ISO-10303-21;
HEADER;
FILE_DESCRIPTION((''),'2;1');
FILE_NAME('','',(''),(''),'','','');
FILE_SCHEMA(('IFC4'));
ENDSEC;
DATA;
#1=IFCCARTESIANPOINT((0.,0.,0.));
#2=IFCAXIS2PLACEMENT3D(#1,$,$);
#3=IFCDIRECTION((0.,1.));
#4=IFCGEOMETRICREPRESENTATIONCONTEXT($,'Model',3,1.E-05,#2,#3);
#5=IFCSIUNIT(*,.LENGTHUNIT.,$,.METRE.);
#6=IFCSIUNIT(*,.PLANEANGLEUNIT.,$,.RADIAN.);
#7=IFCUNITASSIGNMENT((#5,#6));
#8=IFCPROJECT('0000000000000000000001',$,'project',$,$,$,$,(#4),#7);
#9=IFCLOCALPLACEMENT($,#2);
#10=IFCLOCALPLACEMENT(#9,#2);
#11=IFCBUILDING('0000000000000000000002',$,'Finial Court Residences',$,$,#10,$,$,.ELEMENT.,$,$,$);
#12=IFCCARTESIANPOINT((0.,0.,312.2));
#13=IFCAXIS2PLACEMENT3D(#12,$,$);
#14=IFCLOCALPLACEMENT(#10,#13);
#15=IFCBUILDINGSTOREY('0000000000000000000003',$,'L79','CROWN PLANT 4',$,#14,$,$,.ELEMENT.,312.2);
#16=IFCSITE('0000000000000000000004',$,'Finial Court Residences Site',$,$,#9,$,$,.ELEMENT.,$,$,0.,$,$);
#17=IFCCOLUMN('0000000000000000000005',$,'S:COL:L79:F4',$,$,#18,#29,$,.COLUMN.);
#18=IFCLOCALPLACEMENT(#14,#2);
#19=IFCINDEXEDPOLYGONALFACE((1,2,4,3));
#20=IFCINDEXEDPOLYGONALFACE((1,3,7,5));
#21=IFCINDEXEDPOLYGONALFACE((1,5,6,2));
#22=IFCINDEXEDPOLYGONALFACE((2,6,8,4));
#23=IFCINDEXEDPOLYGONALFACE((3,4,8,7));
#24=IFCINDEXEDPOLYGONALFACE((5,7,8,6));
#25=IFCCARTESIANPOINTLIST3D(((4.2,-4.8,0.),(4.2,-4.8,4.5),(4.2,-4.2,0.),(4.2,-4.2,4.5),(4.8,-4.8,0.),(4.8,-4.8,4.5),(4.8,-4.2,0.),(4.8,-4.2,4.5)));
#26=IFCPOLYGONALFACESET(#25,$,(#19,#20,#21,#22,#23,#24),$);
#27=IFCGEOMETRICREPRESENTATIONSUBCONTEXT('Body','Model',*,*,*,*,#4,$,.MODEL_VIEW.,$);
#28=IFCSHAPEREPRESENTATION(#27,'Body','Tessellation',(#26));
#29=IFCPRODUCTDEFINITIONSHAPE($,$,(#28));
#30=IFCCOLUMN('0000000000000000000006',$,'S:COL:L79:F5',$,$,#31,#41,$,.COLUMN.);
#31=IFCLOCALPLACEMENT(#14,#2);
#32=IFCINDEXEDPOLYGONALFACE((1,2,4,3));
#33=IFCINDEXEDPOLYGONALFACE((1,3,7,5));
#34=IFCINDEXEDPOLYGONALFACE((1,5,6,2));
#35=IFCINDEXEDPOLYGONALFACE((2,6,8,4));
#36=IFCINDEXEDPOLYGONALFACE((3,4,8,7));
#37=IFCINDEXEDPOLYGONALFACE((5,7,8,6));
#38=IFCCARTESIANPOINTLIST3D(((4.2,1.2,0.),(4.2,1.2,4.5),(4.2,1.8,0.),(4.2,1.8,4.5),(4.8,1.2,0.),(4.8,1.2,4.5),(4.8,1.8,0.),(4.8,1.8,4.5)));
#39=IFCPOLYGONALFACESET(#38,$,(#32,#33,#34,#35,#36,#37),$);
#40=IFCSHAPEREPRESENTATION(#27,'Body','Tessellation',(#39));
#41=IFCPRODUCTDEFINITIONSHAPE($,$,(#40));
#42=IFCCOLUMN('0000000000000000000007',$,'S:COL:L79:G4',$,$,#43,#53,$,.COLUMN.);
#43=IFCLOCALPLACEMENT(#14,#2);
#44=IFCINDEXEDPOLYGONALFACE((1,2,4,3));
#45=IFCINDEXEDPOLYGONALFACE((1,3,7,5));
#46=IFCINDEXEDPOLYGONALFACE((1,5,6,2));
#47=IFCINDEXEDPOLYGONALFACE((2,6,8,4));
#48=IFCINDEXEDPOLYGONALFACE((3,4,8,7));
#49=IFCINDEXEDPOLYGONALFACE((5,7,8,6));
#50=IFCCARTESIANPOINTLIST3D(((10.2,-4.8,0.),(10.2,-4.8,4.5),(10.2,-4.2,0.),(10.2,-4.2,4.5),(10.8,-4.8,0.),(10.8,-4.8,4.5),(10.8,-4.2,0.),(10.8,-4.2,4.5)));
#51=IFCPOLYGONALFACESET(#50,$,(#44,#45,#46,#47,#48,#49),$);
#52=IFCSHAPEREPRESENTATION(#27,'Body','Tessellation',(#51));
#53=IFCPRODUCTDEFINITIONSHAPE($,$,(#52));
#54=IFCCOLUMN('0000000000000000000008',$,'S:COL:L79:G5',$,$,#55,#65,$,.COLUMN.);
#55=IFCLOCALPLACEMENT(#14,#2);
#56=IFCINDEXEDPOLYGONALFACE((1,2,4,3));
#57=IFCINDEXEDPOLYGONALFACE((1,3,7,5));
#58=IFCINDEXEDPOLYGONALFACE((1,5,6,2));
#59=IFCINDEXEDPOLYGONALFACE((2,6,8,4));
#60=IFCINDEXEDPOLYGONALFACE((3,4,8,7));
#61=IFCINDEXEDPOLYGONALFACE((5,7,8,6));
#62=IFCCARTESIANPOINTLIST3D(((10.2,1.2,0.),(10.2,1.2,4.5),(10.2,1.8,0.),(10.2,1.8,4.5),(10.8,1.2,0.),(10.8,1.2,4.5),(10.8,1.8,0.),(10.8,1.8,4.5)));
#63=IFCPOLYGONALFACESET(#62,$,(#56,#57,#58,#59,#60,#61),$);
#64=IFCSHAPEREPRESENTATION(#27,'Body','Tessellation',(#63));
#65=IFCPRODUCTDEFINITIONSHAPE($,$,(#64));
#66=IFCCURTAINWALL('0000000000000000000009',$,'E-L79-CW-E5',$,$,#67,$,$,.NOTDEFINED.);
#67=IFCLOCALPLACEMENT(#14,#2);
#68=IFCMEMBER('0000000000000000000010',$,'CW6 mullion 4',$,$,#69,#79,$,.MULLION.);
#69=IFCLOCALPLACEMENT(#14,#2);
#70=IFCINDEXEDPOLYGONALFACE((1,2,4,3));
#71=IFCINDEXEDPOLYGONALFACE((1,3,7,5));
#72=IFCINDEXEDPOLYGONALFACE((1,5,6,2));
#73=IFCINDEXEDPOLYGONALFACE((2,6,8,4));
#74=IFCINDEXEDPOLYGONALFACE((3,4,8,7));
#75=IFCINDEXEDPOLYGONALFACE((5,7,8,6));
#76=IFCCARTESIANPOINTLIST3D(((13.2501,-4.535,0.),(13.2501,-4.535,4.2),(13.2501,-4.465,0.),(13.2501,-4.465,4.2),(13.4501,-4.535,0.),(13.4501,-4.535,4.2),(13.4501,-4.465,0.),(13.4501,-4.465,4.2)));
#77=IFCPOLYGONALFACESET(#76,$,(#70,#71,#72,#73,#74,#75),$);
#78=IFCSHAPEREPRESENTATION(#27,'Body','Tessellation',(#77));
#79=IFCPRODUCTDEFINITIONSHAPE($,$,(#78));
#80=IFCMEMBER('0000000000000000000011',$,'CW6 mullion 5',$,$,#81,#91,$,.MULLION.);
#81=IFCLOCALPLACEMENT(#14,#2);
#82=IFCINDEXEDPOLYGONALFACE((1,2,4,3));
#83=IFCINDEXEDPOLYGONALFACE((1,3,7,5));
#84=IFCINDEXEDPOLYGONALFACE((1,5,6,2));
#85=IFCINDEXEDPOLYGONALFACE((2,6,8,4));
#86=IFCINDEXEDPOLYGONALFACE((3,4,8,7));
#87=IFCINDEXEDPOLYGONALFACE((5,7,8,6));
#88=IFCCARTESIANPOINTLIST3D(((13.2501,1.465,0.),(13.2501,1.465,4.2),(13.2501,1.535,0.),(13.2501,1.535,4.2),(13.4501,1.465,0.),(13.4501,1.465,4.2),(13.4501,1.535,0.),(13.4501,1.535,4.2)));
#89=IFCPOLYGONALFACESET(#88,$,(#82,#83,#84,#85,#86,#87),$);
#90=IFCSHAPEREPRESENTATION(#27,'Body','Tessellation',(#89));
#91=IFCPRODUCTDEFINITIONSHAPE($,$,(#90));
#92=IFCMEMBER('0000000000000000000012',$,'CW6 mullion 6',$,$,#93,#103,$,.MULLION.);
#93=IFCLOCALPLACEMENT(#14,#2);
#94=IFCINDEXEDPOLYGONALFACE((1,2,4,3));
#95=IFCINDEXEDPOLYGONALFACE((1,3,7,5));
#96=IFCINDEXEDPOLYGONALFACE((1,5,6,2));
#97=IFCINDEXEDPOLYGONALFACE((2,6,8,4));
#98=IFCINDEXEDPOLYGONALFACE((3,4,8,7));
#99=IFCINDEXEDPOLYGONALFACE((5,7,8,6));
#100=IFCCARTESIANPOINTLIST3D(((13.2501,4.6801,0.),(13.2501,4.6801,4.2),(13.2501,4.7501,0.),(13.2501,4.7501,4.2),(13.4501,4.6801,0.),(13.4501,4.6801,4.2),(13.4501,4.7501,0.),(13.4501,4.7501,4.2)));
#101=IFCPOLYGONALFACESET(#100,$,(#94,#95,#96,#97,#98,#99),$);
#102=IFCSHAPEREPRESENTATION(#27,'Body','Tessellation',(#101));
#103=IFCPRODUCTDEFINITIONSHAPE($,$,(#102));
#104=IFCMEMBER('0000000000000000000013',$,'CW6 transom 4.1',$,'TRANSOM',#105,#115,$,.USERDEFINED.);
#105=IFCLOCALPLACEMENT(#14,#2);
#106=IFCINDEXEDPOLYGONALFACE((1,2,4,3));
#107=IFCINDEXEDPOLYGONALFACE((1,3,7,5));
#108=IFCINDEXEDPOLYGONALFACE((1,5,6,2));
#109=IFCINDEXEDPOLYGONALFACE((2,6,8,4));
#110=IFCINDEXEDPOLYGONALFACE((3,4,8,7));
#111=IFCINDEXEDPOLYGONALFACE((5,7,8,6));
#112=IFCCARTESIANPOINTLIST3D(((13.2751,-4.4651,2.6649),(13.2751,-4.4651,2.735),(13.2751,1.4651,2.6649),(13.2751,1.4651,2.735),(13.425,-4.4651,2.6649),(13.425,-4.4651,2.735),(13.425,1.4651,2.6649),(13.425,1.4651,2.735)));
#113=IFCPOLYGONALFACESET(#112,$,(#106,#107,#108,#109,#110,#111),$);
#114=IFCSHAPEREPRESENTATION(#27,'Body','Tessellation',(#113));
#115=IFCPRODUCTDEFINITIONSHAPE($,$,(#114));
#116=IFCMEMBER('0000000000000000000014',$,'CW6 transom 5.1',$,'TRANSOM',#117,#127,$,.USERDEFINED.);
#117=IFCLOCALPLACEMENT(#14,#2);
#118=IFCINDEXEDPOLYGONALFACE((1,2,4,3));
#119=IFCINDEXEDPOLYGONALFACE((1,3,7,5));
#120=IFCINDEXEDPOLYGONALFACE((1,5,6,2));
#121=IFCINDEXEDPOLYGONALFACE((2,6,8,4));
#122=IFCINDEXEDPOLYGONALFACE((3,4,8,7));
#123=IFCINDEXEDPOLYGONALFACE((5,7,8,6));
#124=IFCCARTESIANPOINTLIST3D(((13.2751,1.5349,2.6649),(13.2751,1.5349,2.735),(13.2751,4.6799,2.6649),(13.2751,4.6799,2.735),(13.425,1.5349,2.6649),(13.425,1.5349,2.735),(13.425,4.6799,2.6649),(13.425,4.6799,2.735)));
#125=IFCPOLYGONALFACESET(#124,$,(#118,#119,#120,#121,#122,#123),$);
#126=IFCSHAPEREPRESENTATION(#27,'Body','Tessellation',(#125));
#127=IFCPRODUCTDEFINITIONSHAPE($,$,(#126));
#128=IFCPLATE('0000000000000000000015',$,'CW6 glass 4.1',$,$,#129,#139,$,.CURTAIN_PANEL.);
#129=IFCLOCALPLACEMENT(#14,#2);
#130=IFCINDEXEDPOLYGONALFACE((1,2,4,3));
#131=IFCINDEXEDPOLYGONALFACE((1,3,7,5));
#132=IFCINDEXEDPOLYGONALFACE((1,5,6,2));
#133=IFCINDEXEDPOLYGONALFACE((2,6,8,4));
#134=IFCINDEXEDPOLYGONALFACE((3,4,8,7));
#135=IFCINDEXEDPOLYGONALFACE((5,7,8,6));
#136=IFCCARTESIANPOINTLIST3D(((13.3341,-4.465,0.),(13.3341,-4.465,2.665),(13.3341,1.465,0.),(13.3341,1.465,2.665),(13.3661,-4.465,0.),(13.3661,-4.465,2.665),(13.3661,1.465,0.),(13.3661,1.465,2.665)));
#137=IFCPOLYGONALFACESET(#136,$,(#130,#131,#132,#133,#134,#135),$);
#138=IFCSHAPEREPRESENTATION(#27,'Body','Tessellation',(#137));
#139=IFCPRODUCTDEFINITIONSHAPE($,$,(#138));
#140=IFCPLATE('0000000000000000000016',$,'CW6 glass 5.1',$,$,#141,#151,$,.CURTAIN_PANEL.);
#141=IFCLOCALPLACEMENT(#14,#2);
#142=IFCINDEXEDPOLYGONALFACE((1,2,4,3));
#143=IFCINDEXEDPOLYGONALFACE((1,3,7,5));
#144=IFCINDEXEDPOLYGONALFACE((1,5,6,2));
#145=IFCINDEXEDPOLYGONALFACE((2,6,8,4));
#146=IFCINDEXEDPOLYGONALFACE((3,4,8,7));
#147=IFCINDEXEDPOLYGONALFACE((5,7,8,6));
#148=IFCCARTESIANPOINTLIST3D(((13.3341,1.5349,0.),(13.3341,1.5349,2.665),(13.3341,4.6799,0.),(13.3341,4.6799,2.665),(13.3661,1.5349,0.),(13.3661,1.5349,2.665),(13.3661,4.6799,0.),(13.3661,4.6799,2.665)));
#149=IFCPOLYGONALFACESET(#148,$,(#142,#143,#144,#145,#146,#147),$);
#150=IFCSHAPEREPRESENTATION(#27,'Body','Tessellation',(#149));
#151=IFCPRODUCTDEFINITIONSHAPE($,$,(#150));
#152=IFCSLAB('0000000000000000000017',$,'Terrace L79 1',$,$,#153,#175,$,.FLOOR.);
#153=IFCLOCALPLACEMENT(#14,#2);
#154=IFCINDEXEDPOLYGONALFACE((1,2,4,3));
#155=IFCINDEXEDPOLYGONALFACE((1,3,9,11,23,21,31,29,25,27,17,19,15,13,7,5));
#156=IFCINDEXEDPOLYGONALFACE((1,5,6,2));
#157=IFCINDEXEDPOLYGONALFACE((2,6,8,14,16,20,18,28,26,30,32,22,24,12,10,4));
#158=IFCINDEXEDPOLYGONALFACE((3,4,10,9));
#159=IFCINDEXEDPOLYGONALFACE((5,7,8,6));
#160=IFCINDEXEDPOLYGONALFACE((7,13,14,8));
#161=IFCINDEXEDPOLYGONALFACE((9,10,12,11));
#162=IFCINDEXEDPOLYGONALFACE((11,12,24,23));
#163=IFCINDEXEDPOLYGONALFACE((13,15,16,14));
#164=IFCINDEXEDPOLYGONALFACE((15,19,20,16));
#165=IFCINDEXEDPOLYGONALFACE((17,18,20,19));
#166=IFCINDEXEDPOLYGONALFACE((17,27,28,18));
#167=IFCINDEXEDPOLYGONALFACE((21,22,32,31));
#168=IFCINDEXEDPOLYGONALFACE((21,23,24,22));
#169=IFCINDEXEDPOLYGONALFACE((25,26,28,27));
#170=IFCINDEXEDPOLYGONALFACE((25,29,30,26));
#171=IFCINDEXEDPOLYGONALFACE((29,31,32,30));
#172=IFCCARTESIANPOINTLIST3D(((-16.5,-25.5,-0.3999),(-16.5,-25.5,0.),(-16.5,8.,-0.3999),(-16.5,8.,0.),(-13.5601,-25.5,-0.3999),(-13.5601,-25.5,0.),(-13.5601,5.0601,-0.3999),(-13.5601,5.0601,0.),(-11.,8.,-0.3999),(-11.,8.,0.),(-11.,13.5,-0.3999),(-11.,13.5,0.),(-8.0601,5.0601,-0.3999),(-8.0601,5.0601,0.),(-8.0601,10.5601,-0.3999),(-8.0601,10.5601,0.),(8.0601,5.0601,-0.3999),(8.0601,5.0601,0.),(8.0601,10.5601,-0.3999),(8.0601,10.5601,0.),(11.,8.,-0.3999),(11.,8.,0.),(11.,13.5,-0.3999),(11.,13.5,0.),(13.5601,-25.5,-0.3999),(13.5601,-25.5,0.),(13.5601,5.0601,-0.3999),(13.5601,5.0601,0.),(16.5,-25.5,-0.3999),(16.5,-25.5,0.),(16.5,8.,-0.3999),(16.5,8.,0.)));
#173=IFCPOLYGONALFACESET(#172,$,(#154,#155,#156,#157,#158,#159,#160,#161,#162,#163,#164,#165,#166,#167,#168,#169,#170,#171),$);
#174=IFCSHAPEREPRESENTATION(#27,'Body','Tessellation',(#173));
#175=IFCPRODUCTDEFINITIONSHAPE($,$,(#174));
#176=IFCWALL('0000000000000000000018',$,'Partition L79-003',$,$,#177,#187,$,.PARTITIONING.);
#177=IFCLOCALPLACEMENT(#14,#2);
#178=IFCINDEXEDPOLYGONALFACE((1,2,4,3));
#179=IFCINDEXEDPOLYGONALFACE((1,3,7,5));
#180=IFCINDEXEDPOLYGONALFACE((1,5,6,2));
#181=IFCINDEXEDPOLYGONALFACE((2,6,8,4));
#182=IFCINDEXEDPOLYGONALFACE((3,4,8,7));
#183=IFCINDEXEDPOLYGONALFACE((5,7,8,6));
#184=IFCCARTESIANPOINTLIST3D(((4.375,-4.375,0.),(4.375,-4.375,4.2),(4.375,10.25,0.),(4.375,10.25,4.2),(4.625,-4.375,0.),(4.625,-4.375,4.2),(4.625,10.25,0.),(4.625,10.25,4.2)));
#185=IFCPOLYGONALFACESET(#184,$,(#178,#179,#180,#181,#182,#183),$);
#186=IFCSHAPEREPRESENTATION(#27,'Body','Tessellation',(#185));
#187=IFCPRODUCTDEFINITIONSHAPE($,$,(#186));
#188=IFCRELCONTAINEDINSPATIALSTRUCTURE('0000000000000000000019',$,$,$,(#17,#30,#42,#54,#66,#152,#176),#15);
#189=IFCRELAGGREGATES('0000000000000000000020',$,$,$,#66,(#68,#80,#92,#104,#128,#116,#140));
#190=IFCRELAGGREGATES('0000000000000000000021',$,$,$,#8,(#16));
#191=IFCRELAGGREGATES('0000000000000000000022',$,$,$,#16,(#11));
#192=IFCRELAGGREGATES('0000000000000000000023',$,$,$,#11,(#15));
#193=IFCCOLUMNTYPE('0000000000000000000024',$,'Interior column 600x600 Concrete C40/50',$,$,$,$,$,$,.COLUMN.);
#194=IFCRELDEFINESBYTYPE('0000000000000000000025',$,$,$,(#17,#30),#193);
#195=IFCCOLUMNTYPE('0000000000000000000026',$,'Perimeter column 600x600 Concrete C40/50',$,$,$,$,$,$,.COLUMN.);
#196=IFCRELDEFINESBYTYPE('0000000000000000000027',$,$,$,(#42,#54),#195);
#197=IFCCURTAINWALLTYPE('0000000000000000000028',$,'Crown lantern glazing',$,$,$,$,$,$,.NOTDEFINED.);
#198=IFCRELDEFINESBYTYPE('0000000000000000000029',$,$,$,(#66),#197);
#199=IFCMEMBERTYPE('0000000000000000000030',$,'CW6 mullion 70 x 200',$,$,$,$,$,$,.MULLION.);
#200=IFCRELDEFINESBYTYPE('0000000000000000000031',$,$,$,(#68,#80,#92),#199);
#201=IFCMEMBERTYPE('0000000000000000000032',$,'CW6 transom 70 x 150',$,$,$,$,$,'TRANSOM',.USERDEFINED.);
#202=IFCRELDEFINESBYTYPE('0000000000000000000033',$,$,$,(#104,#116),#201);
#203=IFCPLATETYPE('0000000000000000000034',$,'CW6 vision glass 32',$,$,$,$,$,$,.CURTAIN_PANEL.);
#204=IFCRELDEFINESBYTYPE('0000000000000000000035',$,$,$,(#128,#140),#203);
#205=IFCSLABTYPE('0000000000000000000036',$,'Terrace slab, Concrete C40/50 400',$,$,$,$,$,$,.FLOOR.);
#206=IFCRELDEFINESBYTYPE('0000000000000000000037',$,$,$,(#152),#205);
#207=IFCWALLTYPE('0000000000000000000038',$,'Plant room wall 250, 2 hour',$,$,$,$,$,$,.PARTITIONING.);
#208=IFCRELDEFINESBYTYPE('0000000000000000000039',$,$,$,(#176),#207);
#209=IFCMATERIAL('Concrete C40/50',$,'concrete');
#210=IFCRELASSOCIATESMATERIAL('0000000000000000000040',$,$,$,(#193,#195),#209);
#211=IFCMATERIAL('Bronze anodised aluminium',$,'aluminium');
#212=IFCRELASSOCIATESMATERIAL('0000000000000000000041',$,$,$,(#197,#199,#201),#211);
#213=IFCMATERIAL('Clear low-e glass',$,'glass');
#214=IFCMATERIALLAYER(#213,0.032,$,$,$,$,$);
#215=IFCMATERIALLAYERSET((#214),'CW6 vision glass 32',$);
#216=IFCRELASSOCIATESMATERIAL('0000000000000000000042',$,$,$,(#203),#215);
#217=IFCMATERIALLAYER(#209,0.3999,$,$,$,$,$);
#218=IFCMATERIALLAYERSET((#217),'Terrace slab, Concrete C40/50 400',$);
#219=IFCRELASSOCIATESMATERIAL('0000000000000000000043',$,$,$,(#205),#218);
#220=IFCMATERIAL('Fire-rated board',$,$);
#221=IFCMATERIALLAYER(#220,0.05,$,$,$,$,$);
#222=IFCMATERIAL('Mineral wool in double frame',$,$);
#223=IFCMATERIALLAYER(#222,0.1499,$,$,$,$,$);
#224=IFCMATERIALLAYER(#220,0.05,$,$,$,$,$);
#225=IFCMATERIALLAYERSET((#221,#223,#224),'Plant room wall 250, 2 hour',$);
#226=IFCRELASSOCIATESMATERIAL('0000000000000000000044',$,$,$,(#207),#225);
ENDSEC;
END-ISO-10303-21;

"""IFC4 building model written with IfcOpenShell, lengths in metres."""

from ifc_helpers import new_model, si_unit, direction, frame, frame_2d, origin, origin_2d, place, context, subcontext, project, spatial, polyline, rectangle, outline, extrude, material, layer, layer_set, material_profile, profile_set, type_object, element, aggregate, save


model = new_model("IFC4")

# Units and contexts
model_context = context("Model", 3, precision=1e-05, world=origin(), true_north=direction((0.0, 1.0)))
body_context = subcontext(model_context, "Body", "Model", "MODEL_VIEW")
ifc_project = project(units=[si_unit("LENGTHUNIT", "METRE"), si_unit("PLANEANGLEUNIT", "RADIAN")], contexts=[model_context])

# Site, building, storey
site_placement = place(None, origin())
site = spatial("IfcSite", under=ifc_project, at=site_placement, Name="Finial Court Residences Site", CompositionType="ELEMENT", RefElevation=0.0)
building_placement = place(site_placement, origin())
building = spatial("IfcBuilding", under=site, at=building_placement, Name="Finial Court Residences", CompositionType="ELEMENT")
storey_placement = place(building_placement, frame((0.0, 0.0, 312.2)))
storey = spatial("IfcBuildingStorey", under=building, at=storey_placement, Name="L79", Description="CROWN PLANT 4", CompositionType="ELEMENT", Elevation=312.2)

# Columns
ifc_material_1 = material(Name="Concrete C40/50", Category="concrete")
ifc_material_profile_1 = material_profile(ifc_material_1, rectangle(XDim=0.6001, YDim=0.6001, at=origin_2d()), Name="600x600")
ifc_profile_set_1 = profile_set([ifc_material_profile_1], Name="Concrete C40/50")
column_type_1 = type_object("IfcColumnType", Name="Interior column 600x600 Concrete C40/50", PredefinedType="COLUMN", material=ifc_profile_set_1)
for number, where, z_axis, x_axis, name in (
    (1, (4.5, -4.5, 0.0), (0.0, 0.0, 1.0), (1.0, 0.0, 0.0), "S:COL:L79:F4"),
    (2, (4.5, 1.5, 0.0), (0.0, 0.0, 1.0), (1.0, 0.0, 0.0), "S:COL:L79:F5"),
):
    element("IfcColumn", number, at=place(storey_placement, frame(where, z_axis=z_axis, x_axis=x_axis)), inside=storey, type_object=column_type_1, Name=name, PredefinedType="COLUMN", context=body_context, shape_type="SweptSolid", body=[
        extrude(rectangle(XDim=0.6001, YDim=0.6001, at=origin_2d()), origin(), (0.0, 0.0, 1.0), 4.5),
    ])
ifc_material_profile_2 = material_profile(ifc_material_1, rectangle(XDim=0.6001, YDim=0.6001, at=origin_2d()), Name="600x600")
ifc_profile_set_2 = profile_set([ifc_material_profile_2], Name="Concrete C40/50")
column_type_2 = type_object("IfcColumnType", Name="Perimeter column 600x600 Concrete C40/50", PredefinedType="COLUMN", material=ifc_profile_set_2)
for number, where, z_axis, x_axis, name in (
    (3, (10.5, -4.5, 0.0), (0.0, 0.0, 1.0), (1.0, 0.0, 0.0), "S:COL:L79:G4"),
    (4, (10.5, 1.5, 0.0), (0.0, 0.0, 1.0), (1.0, 0.0, 0.0), "S:COL:L79:G5"),
):
    element("IfcColumn", number, at=place(storey_placement, frame(where, z_axis=z_axis, x_axis=x_axis)), inside=storey, type_object=column_type_2, Name=name, PredefinedType="COLUMN", context=body_context, shape_type="SweptSolid", body=[
        extrude(rectangle(XDim=0.6001, YDim=0.6001, at=origin_2d()), origin(), (0.0, 0.0, 1.0), 4.5),
    ])

# Curtain wall, members, plates
ifc_material_2 = material(Name="Bronze anodised aluminium", Category="aluminium")
curtain_wall_type = type_object("IfcCurtainWallType", Name="Crown lantern glazing", PredefinedType="NOTDEFINED", material=ifc_material_2)
curtain_wall_placement = place(storey_placement, origin())
curtain_wall = element("IfcCurtainWall", 5, at=curtain_wall_placement, inside=storey, type_object=curtain_wall_type, Name="E-L79-CW-E5", PredefinedType="NOTDEFINED")
ifc_material_profile_3 = material_profile(ifc_material_2, rectangle(XDim=0.2, YDim=0.0701, at=origin_2d()), Name="CW6 mullion 70 x 200")
ifc_profile_set_3 = profile_set([ifc_material_profile_3], Name="Bronze anodised aluminium")
member_type_1 = type_object("IfcMemberType", Name="CW6 mullion 70 x 200", PredefinedType="MULLION", material=ifc_profile_set_3)
member_1_placement = place(storey_placement, frame((13.3501, -4.5, 0.0), z_axis=(0.0, 0.0, 1.0), x_axis=(-1.0, 0.0, 0.0)))
member_1 = element("IfcMember", 6, at=member_1_placement, type_object=member_type_1, Name="CW6 mullion 4", PredefinedType="MULLION", context=body_context, shape_type="SweptSolid", body=[
    extrude(rectangle(XDim=0.2, YDim=0.0701, at=origin_2d()), origin(), (0.0, 0.0, 1.0), 4.2),
])
member_2_placement = place(storey_placement, frame((13.3501, 1.5, 0.0), z_axis=(0.0, 0.0, 1.0), x_axis=(-1.0, 0.0, 0.0)))
member_2 = element("IfcMember", 7, at=member_2_placement, type_object=member_type_1, Name="CW6 mullion 5", PredefinedType="MULLION", context=body_context, shape_type="SweptSolid", body=[
    extrude(rectangle(XDim=0.2, YDim=0.0701, at=origin_2d()), origin(), (0.0, 0.0, 1.0), 4.2),
])
member_3_placement = place(storey_placement, frame((13.3501, 4.7151, 0.0), z_axis=(0.0, 0.0, 1.0), x_axis=(-1.0, 0.0, 0.0)))
member_3 = element("IfcMember", 8, at=member_3_placement, type_object=member_type_1, Name="CW6 mullion 6", PredefinedType="MULLION", context=body_context, shape_type="SweptSolid", body=[
    extrude(rectangle(XDim=0.2, YDim=0.0701, at=origin_2d()), origin(), (0.0, 0.0, 1.0), 4.2),
])
ifc_material_profile_4 = material_profile(ifc_material_2, rectangle(XDim=0.1499, YDim=0.0701, at=origin_2d()), Name="CW6 transom 70 x 150")
ifc_profile_set_4 = profile_set([ifc_material_profile_4], Name="Bronze anodised aluminium")
member_type_2 = type_object("IfcMemberType", Name="CW6 transom 70 x 150", ElementType="TRANSOM", PredefinedType="USERDEFINED", material=ifc_profile_set_4)
member_4_placement = place(storey_placement, frame((13.3501, -4.4651, 2.7), z_axis=(0.0, 1.0, 0.0), x_axis=(-1.0, 0.0, 0.0)))
member_4 = element("IfcMember", 9, at=member_4_placement, type_object=member_type_2, Name="CW6 transom 4.1", ObjectType="TRANSOM", PredefinedType="USERDEFINED", context=body_context, shape_type="SweptSolid", body=[
    extrude(rectangle(XDim=0.1499, YDim=0.0701, at=origin_2d()), origin(), (0.0, 0.0, 1.0), 5.9302),
])
member_5_placement = place(storey_placement, frame((13.3501, 1.5349, 2.7), z_axis=(0.0, 1.0, 0.0), x_axis=(-1.0, 0.0, 0.0)))
member_5 = element("IfcMember", 10, at=member_5_placement, type_object=member_type_2, Name="CW6 transom 5.1", ObjectType="TRANSOM", PredefinedType="USERDEFINED", context=body_context, shape_type="SweptSolid", body=[
    extrude(rectangle(XDim=0.1499, YDim=0.0701, at=origin_2d()), origin(), (0.0, 0.0, 1.0), 3.145),
])
ifc_material_3 = material(Name="Clear low-e glass", Category="glass")
ifc_layer_1 = layer(ifc_material_3, 0.032)
ifc_layer_set_1 = layer_set([ifc_layer_1], Name="CW6 vision glass 32")
plate_type = type_object("IfcPlateType", Name="CW6 vision glass 32", PredefinedType="CURTAIN_PANEL", material=ifc_layer_set_1)
plate_1_placement = place(storey_placement, frame((13.3501, -1.5, 0.0), z_axis=(0.0, 0.0, 1.0), x_axis=(0.0, 1.0, 0.0)))
plate_1 = element("IfcPlate", 11, at=plate_1_placement, type_object=plate_type, Name="CW6 glass 4.1", PredefinedType="CURTAIN_PANEL", context=body_context, shape_type="SweptSolid", body=[
    extrude(rectangle(XDim=5.9299, YDim=0.032, at=origin_2d()), origin(), (0.0, 0.0, 1.0), 2.665),
])
plate_2_placement = place(storey_placement, frame((13.3501, 3.1074, 0.0), z_axis=(0.0, 0.0, 1.0), x_axis=(0.0, 1.0, 0.0)))
plate_2 = element("IfcPlate", 12, at=plate_2_placement, type_object=plate_type, Name="CW6 glass 5.1", PredefinedType="CURTAIN_PANEL", context=body_context, shape_type="SweptSolid", body=[
    extrude(rectangle(XDim=3.145, YDim=0.032, at=origin_2d()), origin(), (0.0, 0.0, 1.0), 2.665),
])

# Slab
ifc_layer_2 = layer(ifc_material_1, 0.3999)
ifc_layer_set_2 = layer_set([ifc_layer_2], Name="Terrace slab, Concrete C40/50 400")
slab_type = type_object("IfcSlabType", Name="Terrace slab, Concrete C40/50 400", PredefinedType="FLOOR", material=ifc_layer_set_2)
slab_placement = place(storey_placement, frame((0.0, 0.0, -0.3999)))
element("IfcSlab", 13, at=slab_placement, inside=storey, type_object=slab_type, Name="Terrace L79 1", PredefinedType="FLOOR", context=body_context, shape_type="SweptSolid", body=[
    extrude(outline(polyline([(-16.5, -25.5), (-16.5, 8.0), (-11.0, 8.0), (-11.0, 13.5), (11.0, 13.5), (11.0, 8.0), (16.5, 8.0), (16.5, -25.5), (13.5601, -25.5), (13.5601, 5.0601), (8.0601, 5.0601), (8.0601, 10.5601), (-8.0601, 10.5601), (-8.0601, 5.0601), (-13.5601, 5.0601), (-13.5601, -25.5), (-16.5, -25.5)])), origin(), (0.0, 0.0, 1.0), 0.3999),
])

# Wall
ifc_material_4 = material(Name="Fire-rated board")
ifc_layer_3 = layer(ifc_material_4, 0.05)
ifc_material_5 = material(Name="Mineral wool in double frame")
ifc_layer_4 = layer(ifc_material_5, 0.1499)
ifc_layer_5 = layer(ifc_material_4, 0.05)
ifc_layer_set_3 = layer_set([ifc_layer_3, ifc_layer_4, ifc_layer_5], Name="Plant room wall 250, 2 hour")
wall_type = type_object("IfcWallType", Name="Plant room wall 250, 2 hour", PredefinedType="PARTITIONING", material=ifc_layer_set_3)
wall_1_placement = place(storey_placement, frame((4.5, -4.375, 0.0), z_axis=(0.0, 0.0, 1.0), x_axis=(0.0, 1.0, 0.0)))
element("IfcWall", 14, at=wall_1_placement, inside=storey, type_object=wall_type, Name="Partition L79-003", PredefinedType="PARTITIONING", context=body_context, shape_type="SweptSolid", body=[
    extrude(rectangle(XDim=14.625, YDim=0.25, at=frame_2d((7.3125, 0.0))), origin(), (0.0, 0.0, 1.0), 4.2),
])

aggregate(curtain_wall, [member_1, member_2, member_3, member_4, plate_1, member_5, plate_2])

save(model, "model.ifc")
